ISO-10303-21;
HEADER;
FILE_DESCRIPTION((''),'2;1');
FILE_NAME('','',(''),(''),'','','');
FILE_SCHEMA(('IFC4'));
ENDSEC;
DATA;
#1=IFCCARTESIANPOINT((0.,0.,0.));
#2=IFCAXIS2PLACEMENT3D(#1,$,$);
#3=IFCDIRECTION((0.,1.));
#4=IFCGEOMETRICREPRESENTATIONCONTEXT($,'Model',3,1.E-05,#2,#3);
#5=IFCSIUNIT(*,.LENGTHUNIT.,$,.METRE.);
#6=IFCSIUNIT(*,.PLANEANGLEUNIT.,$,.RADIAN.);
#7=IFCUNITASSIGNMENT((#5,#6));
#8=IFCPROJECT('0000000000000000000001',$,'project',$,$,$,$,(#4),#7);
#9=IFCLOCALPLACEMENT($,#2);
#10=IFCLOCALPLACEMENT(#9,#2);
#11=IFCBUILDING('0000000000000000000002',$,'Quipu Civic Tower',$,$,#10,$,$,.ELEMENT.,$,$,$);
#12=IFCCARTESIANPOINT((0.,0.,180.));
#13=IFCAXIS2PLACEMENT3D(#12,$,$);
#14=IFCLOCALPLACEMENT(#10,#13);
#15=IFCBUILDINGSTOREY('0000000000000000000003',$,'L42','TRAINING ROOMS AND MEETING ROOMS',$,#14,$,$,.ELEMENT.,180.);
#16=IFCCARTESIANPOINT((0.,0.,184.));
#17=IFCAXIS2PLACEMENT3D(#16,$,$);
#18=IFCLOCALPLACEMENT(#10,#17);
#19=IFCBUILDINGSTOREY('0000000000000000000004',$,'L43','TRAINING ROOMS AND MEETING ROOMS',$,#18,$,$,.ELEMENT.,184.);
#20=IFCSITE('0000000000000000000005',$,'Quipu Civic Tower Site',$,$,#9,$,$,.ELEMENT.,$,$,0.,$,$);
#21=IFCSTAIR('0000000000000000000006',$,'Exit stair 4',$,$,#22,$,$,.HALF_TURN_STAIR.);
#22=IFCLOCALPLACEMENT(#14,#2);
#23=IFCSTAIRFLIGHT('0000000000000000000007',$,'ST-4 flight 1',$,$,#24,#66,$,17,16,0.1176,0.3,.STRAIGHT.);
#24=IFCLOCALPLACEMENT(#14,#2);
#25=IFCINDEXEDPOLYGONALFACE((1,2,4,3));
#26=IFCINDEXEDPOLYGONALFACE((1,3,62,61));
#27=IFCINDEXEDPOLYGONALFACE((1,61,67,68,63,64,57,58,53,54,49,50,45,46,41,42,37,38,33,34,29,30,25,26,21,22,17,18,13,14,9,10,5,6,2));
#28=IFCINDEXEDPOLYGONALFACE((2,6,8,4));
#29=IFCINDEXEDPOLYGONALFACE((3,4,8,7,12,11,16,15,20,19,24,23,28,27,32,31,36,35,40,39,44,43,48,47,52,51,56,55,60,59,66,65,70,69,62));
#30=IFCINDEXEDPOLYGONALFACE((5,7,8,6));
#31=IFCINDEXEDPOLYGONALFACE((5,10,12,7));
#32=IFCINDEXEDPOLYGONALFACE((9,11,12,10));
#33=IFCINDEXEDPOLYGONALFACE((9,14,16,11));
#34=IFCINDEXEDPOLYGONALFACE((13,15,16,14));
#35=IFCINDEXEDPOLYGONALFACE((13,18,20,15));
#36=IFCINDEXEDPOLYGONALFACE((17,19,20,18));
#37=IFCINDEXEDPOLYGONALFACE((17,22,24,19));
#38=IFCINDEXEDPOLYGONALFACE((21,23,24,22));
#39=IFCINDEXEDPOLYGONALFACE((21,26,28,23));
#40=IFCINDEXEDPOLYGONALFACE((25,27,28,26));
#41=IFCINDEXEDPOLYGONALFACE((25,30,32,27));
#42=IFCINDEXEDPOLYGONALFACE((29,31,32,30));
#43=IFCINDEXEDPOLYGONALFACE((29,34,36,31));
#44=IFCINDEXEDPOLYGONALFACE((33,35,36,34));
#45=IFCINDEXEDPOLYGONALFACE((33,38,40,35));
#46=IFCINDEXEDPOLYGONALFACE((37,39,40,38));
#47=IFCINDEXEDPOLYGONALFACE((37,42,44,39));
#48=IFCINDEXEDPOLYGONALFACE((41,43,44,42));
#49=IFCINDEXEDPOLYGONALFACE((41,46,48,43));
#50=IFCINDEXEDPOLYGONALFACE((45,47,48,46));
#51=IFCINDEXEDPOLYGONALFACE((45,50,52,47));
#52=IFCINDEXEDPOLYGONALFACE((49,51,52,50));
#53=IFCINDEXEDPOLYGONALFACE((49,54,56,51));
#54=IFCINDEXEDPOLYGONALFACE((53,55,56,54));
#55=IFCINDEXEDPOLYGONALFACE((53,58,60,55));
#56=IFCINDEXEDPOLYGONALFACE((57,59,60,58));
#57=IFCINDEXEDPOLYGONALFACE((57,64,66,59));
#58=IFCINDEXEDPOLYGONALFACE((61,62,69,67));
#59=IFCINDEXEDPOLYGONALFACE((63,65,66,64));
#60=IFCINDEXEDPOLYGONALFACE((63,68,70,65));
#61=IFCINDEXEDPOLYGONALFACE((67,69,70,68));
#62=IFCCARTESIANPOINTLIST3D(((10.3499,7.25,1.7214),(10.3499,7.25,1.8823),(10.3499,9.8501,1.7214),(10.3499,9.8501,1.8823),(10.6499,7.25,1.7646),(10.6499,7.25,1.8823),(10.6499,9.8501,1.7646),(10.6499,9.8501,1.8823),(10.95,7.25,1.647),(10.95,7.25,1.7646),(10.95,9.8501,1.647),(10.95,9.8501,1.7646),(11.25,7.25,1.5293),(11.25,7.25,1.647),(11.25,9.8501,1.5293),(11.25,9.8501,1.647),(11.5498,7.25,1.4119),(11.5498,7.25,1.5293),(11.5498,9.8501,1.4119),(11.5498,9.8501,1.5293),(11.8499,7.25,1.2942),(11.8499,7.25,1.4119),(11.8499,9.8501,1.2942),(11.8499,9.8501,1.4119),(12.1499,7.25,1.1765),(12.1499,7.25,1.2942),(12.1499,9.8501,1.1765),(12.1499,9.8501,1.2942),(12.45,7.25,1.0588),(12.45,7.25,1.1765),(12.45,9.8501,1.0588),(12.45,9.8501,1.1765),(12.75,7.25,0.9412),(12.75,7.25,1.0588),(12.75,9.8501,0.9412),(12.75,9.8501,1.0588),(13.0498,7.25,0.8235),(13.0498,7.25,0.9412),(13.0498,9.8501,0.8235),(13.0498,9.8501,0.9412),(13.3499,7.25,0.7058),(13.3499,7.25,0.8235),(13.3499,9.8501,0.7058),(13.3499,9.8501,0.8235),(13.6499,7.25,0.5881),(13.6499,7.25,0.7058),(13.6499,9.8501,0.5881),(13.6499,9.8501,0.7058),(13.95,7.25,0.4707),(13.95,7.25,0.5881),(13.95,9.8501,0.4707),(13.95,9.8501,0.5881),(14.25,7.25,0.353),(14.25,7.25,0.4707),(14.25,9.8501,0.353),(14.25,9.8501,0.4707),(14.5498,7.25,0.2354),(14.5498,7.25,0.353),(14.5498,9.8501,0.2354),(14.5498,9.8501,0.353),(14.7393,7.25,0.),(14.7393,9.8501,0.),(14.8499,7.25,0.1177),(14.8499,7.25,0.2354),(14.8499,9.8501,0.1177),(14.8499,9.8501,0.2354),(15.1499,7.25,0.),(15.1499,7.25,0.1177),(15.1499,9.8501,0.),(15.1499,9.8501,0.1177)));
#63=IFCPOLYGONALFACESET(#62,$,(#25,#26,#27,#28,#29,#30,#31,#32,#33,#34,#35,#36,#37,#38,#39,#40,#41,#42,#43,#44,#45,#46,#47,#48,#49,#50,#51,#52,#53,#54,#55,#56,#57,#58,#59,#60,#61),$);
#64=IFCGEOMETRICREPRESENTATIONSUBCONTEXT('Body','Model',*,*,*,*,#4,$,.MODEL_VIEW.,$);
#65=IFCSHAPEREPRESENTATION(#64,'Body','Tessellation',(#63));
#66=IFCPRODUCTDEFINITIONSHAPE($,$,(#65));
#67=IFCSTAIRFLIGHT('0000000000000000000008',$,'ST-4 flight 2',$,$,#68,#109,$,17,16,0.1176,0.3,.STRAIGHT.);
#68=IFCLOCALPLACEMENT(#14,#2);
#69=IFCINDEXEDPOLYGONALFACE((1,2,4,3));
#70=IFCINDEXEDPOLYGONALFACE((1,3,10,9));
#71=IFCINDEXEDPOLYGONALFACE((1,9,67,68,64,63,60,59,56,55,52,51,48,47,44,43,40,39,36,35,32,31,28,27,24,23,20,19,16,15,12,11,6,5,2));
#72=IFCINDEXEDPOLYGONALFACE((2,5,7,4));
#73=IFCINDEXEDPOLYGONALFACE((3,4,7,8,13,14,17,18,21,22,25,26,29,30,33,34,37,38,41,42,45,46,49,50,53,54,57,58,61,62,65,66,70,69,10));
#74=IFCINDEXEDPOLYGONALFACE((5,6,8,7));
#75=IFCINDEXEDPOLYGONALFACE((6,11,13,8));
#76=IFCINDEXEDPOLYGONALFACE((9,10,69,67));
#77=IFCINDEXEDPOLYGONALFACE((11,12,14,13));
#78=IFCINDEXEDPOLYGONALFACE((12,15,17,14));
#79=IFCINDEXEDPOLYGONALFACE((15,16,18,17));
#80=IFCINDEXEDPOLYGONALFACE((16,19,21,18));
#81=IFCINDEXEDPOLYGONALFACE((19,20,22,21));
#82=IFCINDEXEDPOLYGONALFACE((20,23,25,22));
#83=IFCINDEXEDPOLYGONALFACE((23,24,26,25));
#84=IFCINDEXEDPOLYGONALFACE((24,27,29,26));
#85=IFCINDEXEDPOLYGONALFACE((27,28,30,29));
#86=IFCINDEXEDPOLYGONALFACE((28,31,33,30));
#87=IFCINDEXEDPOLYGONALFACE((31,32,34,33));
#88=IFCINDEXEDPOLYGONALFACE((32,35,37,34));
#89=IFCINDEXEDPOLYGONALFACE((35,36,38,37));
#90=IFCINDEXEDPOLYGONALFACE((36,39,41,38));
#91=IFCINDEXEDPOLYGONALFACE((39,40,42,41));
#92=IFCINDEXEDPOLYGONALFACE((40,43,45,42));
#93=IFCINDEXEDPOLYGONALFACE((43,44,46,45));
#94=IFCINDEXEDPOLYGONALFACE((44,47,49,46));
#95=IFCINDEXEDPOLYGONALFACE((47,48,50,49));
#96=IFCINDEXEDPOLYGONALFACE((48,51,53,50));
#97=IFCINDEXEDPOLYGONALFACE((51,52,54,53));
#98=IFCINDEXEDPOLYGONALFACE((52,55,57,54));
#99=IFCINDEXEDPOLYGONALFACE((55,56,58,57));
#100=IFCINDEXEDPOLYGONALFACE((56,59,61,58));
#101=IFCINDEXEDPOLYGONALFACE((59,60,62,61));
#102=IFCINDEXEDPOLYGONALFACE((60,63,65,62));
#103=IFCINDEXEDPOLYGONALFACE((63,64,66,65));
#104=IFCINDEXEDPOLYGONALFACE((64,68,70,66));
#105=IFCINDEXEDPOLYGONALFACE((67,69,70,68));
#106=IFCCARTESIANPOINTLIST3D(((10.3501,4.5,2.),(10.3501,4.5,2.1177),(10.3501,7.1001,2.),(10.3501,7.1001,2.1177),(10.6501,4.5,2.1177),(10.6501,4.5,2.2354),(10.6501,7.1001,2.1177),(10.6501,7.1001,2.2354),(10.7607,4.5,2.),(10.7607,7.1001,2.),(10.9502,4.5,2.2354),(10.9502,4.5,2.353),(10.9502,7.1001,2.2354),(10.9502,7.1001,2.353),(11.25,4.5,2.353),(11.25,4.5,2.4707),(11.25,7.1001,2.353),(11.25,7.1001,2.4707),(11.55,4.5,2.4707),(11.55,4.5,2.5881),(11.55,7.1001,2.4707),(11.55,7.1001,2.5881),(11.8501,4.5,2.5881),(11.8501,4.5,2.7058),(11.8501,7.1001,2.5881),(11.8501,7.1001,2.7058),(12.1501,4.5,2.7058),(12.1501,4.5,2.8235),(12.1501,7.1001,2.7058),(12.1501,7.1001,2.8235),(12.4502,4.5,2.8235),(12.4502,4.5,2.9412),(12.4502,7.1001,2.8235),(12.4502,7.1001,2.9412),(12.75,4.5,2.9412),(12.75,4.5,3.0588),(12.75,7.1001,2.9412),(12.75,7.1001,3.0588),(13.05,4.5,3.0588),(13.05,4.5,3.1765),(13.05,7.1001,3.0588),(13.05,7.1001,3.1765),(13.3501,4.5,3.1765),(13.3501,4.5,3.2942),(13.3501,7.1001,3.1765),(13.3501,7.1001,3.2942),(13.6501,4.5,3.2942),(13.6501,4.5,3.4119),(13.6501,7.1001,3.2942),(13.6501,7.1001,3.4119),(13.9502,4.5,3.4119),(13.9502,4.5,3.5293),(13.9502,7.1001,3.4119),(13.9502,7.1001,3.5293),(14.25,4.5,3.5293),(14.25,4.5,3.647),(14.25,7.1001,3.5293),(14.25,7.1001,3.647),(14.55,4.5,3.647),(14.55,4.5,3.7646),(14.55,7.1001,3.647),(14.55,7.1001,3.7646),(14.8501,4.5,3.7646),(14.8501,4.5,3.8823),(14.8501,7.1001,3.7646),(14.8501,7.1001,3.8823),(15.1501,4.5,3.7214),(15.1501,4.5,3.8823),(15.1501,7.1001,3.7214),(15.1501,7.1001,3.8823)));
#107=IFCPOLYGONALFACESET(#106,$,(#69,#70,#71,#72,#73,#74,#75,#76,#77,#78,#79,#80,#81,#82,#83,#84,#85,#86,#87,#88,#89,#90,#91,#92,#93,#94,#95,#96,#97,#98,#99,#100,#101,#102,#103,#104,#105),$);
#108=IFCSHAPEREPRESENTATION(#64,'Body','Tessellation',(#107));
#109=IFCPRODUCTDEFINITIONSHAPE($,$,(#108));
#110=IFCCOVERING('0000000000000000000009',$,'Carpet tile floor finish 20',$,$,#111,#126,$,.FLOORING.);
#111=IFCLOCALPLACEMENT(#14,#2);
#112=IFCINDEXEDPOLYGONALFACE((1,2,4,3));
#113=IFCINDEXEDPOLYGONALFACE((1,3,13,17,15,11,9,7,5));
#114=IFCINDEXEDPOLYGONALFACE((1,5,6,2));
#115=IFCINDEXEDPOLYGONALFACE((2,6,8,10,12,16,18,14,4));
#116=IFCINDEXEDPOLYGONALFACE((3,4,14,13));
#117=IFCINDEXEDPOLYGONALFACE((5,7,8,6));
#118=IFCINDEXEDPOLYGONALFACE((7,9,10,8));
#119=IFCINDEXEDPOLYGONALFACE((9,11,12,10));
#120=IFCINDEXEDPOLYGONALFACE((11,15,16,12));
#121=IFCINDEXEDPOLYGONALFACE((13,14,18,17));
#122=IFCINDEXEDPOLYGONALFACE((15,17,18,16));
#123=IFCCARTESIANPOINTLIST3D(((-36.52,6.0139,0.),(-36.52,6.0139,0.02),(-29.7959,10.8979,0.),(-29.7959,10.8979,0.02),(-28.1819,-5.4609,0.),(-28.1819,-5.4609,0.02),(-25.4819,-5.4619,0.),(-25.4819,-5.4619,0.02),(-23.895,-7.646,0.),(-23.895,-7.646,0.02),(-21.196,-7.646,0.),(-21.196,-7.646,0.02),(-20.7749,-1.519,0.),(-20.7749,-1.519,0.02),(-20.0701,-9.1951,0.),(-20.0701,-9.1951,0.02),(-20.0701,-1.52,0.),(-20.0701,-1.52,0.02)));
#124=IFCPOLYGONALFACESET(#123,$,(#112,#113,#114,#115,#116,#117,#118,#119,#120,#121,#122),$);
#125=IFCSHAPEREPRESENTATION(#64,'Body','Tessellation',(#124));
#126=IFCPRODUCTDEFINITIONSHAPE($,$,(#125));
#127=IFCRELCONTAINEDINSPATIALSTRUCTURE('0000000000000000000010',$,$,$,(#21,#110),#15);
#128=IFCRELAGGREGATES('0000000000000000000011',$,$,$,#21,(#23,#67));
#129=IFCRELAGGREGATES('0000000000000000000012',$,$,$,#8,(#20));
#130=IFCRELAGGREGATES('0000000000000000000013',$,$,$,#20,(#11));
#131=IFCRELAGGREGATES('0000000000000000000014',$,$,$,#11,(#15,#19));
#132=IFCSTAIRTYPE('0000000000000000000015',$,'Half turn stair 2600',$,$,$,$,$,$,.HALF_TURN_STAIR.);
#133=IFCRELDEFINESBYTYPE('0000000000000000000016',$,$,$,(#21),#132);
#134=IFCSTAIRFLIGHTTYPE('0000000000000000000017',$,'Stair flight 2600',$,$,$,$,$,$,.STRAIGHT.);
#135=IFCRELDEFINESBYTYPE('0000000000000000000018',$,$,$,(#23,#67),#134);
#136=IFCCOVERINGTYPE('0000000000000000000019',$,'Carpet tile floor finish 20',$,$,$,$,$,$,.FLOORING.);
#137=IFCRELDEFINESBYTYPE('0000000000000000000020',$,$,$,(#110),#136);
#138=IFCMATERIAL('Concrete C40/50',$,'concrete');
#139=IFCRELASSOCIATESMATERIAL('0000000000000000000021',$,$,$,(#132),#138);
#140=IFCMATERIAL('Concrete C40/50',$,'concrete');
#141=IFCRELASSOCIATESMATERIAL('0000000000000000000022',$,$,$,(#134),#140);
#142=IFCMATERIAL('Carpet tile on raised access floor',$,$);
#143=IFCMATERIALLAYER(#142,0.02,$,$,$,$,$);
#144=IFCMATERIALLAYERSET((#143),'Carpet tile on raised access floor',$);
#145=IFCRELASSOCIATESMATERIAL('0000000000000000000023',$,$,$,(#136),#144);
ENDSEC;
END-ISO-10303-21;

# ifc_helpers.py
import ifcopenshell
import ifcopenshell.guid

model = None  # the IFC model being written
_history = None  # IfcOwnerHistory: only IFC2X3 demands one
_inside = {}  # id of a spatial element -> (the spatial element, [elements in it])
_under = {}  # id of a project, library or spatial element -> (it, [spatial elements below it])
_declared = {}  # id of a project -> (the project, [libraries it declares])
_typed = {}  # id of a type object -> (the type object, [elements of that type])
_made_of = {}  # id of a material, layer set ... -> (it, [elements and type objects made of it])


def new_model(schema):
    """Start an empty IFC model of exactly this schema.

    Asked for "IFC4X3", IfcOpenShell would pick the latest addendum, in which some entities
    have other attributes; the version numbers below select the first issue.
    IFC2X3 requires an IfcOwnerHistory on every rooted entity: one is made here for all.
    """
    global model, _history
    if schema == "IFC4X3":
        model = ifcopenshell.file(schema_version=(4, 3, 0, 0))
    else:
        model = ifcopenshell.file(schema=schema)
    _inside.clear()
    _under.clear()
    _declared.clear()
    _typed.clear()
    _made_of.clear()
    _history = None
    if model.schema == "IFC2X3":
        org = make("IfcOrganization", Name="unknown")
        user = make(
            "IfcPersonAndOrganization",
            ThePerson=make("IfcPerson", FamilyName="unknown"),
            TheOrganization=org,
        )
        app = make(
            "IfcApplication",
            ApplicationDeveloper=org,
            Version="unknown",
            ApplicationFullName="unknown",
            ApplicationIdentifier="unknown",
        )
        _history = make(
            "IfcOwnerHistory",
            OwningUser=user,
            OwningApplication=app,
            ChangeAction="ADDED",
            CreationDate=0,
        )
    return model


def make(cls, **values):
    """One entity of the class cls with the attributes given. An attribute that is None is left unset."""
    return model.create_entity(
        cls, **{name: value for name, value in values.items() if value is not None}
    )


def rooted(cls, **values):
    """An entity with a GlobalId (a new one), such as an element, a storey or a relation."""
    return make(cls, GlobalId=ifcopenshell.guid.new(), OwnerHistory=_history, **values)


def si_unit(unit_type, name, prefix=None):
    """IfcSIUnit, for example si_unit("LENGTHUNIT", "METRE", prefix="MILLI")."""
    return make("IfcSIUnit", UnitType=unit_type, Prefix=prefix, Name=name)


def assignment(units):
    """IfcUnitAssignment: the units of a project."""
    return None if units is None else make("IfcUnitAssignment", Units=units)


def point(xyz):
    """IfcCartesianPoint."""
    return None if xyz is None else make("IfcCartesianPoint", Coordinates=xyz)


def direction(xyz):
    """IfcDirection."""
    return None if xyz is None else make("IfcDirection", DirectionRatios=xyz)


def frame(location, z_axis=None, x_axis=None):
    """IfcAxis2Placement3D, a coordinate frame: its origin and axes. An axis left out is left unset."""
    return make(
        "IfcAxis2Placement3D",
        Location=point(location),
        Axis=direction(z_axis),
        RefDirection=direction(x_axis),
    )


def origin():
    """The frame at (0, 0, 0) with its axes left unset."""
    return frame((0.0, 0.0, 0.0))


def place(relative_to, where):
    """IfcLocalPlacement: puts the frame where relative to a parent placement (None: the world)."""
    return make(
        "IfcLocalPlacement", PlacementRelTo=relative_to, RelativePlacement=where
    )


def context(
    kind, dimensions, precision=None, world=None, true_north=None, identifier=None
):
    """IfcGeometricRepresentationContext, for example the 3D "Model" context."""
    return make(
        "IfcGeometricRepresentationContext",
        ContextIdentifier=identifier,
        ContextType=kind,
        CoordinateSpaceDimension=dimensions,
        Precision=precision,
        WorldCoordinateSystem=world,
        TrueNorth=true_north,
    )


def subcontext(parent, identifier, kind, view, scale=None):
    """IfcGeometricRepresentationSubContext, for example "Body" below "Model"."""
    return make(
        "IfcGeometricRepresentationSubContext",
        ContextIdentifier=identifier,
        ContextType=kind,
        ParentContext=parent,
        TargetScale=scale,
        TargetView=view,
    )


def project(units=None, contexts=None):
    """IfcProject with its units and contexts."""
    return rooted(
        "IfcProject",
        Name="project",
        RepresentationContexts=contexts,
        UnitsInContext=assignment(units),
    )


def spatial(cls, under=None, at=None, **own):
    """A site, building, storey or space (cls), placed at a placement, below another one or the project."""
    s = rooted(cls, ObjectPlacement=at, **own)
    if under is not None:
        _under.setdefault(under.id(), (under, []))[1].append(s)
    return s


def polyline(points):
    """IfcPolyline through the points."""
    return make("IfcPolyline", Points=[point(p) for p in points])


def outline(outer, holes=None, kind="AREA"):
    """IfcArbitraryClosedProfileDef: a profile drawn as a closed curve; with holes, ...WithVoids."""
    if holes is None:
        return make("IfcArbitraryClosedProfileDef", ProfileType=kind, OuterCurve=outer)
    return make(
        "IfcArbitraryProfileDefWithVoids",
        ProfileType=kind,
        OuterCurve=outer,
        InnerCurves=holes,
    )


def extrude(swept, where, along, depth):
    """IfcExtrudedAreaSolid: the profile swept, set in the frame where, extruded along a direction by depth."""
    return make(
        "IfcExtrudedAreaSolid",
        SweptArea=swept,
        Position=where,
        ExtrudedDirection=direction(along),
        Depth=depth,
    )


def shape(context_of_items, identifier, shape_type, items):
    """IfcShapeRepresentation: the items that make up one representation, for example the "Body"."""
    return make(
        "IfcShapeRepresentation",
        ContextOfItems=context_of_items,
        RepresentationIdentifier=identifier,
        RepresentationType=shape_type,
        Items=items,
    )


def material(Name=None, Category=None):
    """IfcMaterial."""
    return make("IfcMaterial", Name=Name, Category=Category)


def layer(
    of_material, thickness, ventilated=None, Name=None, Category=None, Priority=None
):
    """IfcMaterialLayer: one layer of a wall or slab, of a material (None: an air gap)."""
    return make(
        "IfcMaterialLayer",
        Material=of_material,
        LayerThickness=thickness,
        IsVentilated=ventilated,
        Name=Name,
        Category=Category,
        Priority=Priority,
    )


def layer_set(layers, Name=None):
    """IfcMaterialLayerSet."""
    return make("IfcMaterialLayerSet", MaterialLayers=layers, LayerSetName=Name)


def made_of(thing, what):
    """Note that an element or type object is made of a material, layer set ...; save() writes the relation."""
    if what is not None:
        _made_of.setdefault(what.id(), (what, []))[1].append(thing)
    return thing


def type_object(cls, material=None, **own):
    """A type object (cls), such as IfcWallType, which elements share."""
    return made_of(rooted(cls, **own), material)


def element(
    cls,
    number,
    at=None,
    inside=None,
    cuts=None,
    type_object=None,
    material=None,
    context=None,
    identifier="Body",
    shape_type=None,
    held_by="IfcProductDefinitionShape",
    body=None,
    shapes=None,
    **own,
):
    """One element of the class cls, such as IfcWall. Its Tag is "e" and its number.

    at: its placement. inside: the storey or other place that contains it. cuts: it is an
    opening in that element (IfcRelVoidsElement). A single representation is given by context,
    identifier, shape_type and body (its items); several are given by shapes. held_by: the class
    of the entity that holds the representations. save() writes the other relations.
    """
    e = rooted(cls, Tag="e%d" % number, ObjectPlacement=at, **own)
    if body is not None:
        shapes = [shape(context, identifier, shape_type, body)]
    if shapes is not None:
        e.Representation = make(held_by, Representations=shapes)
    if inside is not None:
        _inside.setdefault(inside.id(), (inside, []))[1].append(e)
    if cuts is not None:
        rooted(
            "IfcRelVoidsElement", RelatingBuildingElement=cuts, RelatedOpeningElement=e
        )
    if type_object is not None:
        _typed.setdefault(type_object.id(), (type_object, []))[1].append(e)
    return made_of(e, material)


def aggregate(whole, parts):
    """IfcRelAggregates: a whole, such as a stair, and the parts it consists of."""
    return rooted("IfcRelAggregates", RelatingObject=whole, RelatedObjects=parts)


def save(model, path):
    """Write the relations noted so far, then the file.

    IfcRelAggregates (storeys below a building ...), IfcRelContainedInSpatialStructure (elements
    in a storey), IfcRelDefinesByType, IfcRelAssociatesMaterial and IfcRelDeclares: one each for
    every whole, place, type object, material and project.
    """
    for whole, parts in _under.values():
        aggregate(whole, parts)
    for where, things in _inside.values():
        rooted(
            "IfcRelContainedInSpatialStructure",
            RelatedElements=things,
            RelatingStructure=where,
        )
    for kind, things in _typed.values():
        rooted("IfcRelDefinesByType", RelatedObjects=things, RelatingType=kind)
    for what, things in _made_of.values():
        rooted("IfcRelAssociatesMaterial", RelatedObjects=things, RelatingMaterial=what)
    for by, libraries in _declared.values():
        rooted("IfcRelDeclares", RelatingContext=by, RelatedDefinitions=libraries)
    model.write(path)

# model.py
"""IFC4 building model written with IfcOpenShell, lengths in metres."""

from ifc_helpers import new_model, si_unit, direction, frame, origin, place, context, subcontext, project, spatial, polyline, outline, extrude, material, layer, layer_set, type_object, element, aggregate, save


model = new_model("IFC4")

# Units and contexts
model_context = context("Model", 3, precision=1e-05, world=origin(), true_north=direction((0.0, 1.0)))
body_context = subcontext(model_context, "Body", "Model", "MODEL_VIEW")
ifc_project = project(units=[si_unit("LENGTHUNIT", "METRE"), si_unit("PLANEANGLEUNIT", "RADIAN")], contexts=[model_context])

# Site, building, storey
site_placement = place(None, origin())
site = spatial("IfcSite", under=ifc_project, at=site_placement, Name="Quipu Civic Tower Site", CompositionType="ELEMENT", RefElevation=0.0)
building_placement = place(site_placement, origin())
building = spatial("IfcBuilding", under=site, at=building_placement, Name="Quipu Civic Tower", CompositionType="ELEMENT")
storey_1_placement = place(building_placement, frame((0.0, 0.0, 180.0)))
storey_1 = spatial("IfcBuildingStorey", under=building, at=storey_1_placement, Name="L42", Description="TRAINING ROOMS AND MEETING ROOMS", CompositionType="ELEMENT", Elevation=180.0)

# Shared definitions
storey_2_placement = place(building_placement, frame((0.0, 0.0, 184.0)))
storey_2 = spatial("IfcBuildingStorey", under=building, at=storey_2_placement, Name="L43", Description="TRAINING ROOMS AND MEETING ROOMS", CompositionType="ELEMENT", Elevation=184.0)

# Stair, stair flights
ifc_material_1 = material(Name="Concrete C40/50", Category="concrete")
stair_type = type_object("IfcStairType", Name="Half turn stair 2600", PredefinedType="HALF_TURN_STAIR", material=ifc_material_1)
stair_placement = place(storey_1_placement, origin())
stair = element("IfcStair", 1, at=stair_placement, inside=storey_1, type_object=stair_type, Name="Exit stair 4", PredefinedType="HALF_TURN_STAIR")
ifc_material_2 = material(Name="Concrete C40/50", Category="concrete")
stair_flight_type = type_object("IfcStairFlightType", Name="Stair flight 2600", PredefinedType="STRAIGHT", material=ifc_material_2)
stair_flight_1_placement = place(storey_1_placement, frame((15.1499, 8.55, 0.0), z_axis=(0.0, 0.0, 1.0), x_axis=(-1.0, 0.0, 0.0)))
stair_flight_1 = element("IfcStairFlight", 2, at=stair_flight_1_placement, type_object=stair_flight_type, Name="ST-4 flight 1", NumberOfRisers=17, NumberOfTreads=16, PredefinedType="STRAIGHT", RiserHeight=0.1176, TreadLength=0.3, context=body_context, shape_type="SweptSolid", body=[
    extrude(outline(polyline([(0.0, 0.0), (0.0, 0.1177), (0.3, 0.1177), (0.3, 0.2354), (0.6001, 0.2354), (0.6001, 0.353), (0.8999, 0.353), (0.8999, 0.4707), (1.2, 0.4707), (1.2, 0.5881), (1.5, 0.5881), (1.5, 0.7058), (1.8, 0.7058), (1.8, 0.8235), (2.1001, 0.8235), (2.1001, 0.9412), (2.3999, 0.9412), (2.3999, 1.0588), (2.7, 1.0588), (2.7, 1.1765), (3.0, 1.1765), (3.0, 1.2942), (3.3, 1.2942), (3.3, 1.4119), (3.6001, 1.4119), (3.6001, 1.5293), (3.8999, 1.5293), (3.8999, 1.647), (4.2, 1.647), (4.2, 1.7646), (4.5, 1.7646), (4.5, 1.8823), (4.8, 1.8823), (4.8, 2.0), (4.8, 1.7214), (0.4106, 0.0), (0.0, 0.0)])), frame((0.0, 1.3, 0.0), z_axis=(0.0, -1.0, 0.0), x_axis=(1.0, 0.0, 0.0)), (0.0, 0.0, 1.0), 2.6001),
])
stair_flight_2_placement = place(storey_1_placement, frame((10.3501, 5.8, 2.0), z_axis=(0.0, 0.0, 1.0), x_axis=(1.0, 0.0, 0.0)))
stair_flight_2 = element("IfcStairFlight", 3, at=stair_flight_2_placement, type_object=stair_flight_type, Name="ST-4 flight 2", NumberOfRisers=17, NumberOfTreads=16, PredefinedType="STRAIGHT", RiserHeight=0.1176, TreadLength=0.3, context=body_context, shape_type="SweptSolid", body=[
    extrude(outline(polyline([(0.0, 0.0), (0.0, 0.1177), (0.3, 0.1177), (0.3, 0.2354), (0.6001, 0.2354), (0.6001, 0.353), (0.8999, 0.353), (0.8999, 0.4707), (1.2, 0.4707), (1.2, 0.5881), (1.5, 0.5881), (1.5, 0.7058), (1.8, 0.7058), (1.8, 0.8235), (2.1001, 0.8235), (2.1001, 0.9412), (2.3999, 0.9412), (2.3999, 1.0588), (2.7, 1.0588), (2.7, 1.1765), (3.0, 1.1765), (3.0, 1.2942), (3.3, 1.2942), (3.3, 1.4119), (3.6001, 1.4119), (3.6001, 1.5293), (3.8999, 1.5293), (3.8999, 1.647), (4.2, 1.647), (4.2, 1.7646), (4.5, 1.7646), (4.5, 1.8823), (4.8, 1.8823), (4.8, 2.0), (4.8, 1.7214), (0.4106, 0.0), (0.0, 0.0)])), frame((0.0, 1.3, 0.0), z_axis=(0.0, -1.0, 0.0), x_axis=(1.0, 0.0, 0.0)), (0.0, 0.0, 1.0), 2.6001),
])
aggregate(stair, [stair_flight_1, stair_flight_2])

# Covering
ifc_material_3 = material(Name="Carpet tile on raised access floor")
ifc_layer_1 = layer(ifc_material_3, 0.02)
ifc_layer_set_1 = layer_set([ifc_layer_1], Name="Carpet tile on raised access floor")
covering_type = type_object("IfcCoveringType", Name="Carpet tile floor finish 20", PredefinedType="FLOORING", material=ifc_layer_set_1)
covering_placement = place(storey_1_placement, origin())
element("IfcCovering", 4, at=covering_placement, inside=storey_1, type_object=covering_type, Name="Carpet tile floor finish 20", PredefinedType="FLOORING", context=body_context, shape_type="SweptSolid", body=[
    extrude(outline(polyline([(-36.52, 6.0139), (-29.7959, 10.8979), (-20.7749, -1.519), (-20.0701, -1.52), (-20.0701, -9.1951), (-21.196, -7.646), (-23.895, -7.646), (-25.4819, -5.4619), (-28.1819, -5.4609), (-36.52, 6.0139)])), origin(), (0.0, 0.0, 1.0), 0.02),
])

save(model, "model.ifc")
